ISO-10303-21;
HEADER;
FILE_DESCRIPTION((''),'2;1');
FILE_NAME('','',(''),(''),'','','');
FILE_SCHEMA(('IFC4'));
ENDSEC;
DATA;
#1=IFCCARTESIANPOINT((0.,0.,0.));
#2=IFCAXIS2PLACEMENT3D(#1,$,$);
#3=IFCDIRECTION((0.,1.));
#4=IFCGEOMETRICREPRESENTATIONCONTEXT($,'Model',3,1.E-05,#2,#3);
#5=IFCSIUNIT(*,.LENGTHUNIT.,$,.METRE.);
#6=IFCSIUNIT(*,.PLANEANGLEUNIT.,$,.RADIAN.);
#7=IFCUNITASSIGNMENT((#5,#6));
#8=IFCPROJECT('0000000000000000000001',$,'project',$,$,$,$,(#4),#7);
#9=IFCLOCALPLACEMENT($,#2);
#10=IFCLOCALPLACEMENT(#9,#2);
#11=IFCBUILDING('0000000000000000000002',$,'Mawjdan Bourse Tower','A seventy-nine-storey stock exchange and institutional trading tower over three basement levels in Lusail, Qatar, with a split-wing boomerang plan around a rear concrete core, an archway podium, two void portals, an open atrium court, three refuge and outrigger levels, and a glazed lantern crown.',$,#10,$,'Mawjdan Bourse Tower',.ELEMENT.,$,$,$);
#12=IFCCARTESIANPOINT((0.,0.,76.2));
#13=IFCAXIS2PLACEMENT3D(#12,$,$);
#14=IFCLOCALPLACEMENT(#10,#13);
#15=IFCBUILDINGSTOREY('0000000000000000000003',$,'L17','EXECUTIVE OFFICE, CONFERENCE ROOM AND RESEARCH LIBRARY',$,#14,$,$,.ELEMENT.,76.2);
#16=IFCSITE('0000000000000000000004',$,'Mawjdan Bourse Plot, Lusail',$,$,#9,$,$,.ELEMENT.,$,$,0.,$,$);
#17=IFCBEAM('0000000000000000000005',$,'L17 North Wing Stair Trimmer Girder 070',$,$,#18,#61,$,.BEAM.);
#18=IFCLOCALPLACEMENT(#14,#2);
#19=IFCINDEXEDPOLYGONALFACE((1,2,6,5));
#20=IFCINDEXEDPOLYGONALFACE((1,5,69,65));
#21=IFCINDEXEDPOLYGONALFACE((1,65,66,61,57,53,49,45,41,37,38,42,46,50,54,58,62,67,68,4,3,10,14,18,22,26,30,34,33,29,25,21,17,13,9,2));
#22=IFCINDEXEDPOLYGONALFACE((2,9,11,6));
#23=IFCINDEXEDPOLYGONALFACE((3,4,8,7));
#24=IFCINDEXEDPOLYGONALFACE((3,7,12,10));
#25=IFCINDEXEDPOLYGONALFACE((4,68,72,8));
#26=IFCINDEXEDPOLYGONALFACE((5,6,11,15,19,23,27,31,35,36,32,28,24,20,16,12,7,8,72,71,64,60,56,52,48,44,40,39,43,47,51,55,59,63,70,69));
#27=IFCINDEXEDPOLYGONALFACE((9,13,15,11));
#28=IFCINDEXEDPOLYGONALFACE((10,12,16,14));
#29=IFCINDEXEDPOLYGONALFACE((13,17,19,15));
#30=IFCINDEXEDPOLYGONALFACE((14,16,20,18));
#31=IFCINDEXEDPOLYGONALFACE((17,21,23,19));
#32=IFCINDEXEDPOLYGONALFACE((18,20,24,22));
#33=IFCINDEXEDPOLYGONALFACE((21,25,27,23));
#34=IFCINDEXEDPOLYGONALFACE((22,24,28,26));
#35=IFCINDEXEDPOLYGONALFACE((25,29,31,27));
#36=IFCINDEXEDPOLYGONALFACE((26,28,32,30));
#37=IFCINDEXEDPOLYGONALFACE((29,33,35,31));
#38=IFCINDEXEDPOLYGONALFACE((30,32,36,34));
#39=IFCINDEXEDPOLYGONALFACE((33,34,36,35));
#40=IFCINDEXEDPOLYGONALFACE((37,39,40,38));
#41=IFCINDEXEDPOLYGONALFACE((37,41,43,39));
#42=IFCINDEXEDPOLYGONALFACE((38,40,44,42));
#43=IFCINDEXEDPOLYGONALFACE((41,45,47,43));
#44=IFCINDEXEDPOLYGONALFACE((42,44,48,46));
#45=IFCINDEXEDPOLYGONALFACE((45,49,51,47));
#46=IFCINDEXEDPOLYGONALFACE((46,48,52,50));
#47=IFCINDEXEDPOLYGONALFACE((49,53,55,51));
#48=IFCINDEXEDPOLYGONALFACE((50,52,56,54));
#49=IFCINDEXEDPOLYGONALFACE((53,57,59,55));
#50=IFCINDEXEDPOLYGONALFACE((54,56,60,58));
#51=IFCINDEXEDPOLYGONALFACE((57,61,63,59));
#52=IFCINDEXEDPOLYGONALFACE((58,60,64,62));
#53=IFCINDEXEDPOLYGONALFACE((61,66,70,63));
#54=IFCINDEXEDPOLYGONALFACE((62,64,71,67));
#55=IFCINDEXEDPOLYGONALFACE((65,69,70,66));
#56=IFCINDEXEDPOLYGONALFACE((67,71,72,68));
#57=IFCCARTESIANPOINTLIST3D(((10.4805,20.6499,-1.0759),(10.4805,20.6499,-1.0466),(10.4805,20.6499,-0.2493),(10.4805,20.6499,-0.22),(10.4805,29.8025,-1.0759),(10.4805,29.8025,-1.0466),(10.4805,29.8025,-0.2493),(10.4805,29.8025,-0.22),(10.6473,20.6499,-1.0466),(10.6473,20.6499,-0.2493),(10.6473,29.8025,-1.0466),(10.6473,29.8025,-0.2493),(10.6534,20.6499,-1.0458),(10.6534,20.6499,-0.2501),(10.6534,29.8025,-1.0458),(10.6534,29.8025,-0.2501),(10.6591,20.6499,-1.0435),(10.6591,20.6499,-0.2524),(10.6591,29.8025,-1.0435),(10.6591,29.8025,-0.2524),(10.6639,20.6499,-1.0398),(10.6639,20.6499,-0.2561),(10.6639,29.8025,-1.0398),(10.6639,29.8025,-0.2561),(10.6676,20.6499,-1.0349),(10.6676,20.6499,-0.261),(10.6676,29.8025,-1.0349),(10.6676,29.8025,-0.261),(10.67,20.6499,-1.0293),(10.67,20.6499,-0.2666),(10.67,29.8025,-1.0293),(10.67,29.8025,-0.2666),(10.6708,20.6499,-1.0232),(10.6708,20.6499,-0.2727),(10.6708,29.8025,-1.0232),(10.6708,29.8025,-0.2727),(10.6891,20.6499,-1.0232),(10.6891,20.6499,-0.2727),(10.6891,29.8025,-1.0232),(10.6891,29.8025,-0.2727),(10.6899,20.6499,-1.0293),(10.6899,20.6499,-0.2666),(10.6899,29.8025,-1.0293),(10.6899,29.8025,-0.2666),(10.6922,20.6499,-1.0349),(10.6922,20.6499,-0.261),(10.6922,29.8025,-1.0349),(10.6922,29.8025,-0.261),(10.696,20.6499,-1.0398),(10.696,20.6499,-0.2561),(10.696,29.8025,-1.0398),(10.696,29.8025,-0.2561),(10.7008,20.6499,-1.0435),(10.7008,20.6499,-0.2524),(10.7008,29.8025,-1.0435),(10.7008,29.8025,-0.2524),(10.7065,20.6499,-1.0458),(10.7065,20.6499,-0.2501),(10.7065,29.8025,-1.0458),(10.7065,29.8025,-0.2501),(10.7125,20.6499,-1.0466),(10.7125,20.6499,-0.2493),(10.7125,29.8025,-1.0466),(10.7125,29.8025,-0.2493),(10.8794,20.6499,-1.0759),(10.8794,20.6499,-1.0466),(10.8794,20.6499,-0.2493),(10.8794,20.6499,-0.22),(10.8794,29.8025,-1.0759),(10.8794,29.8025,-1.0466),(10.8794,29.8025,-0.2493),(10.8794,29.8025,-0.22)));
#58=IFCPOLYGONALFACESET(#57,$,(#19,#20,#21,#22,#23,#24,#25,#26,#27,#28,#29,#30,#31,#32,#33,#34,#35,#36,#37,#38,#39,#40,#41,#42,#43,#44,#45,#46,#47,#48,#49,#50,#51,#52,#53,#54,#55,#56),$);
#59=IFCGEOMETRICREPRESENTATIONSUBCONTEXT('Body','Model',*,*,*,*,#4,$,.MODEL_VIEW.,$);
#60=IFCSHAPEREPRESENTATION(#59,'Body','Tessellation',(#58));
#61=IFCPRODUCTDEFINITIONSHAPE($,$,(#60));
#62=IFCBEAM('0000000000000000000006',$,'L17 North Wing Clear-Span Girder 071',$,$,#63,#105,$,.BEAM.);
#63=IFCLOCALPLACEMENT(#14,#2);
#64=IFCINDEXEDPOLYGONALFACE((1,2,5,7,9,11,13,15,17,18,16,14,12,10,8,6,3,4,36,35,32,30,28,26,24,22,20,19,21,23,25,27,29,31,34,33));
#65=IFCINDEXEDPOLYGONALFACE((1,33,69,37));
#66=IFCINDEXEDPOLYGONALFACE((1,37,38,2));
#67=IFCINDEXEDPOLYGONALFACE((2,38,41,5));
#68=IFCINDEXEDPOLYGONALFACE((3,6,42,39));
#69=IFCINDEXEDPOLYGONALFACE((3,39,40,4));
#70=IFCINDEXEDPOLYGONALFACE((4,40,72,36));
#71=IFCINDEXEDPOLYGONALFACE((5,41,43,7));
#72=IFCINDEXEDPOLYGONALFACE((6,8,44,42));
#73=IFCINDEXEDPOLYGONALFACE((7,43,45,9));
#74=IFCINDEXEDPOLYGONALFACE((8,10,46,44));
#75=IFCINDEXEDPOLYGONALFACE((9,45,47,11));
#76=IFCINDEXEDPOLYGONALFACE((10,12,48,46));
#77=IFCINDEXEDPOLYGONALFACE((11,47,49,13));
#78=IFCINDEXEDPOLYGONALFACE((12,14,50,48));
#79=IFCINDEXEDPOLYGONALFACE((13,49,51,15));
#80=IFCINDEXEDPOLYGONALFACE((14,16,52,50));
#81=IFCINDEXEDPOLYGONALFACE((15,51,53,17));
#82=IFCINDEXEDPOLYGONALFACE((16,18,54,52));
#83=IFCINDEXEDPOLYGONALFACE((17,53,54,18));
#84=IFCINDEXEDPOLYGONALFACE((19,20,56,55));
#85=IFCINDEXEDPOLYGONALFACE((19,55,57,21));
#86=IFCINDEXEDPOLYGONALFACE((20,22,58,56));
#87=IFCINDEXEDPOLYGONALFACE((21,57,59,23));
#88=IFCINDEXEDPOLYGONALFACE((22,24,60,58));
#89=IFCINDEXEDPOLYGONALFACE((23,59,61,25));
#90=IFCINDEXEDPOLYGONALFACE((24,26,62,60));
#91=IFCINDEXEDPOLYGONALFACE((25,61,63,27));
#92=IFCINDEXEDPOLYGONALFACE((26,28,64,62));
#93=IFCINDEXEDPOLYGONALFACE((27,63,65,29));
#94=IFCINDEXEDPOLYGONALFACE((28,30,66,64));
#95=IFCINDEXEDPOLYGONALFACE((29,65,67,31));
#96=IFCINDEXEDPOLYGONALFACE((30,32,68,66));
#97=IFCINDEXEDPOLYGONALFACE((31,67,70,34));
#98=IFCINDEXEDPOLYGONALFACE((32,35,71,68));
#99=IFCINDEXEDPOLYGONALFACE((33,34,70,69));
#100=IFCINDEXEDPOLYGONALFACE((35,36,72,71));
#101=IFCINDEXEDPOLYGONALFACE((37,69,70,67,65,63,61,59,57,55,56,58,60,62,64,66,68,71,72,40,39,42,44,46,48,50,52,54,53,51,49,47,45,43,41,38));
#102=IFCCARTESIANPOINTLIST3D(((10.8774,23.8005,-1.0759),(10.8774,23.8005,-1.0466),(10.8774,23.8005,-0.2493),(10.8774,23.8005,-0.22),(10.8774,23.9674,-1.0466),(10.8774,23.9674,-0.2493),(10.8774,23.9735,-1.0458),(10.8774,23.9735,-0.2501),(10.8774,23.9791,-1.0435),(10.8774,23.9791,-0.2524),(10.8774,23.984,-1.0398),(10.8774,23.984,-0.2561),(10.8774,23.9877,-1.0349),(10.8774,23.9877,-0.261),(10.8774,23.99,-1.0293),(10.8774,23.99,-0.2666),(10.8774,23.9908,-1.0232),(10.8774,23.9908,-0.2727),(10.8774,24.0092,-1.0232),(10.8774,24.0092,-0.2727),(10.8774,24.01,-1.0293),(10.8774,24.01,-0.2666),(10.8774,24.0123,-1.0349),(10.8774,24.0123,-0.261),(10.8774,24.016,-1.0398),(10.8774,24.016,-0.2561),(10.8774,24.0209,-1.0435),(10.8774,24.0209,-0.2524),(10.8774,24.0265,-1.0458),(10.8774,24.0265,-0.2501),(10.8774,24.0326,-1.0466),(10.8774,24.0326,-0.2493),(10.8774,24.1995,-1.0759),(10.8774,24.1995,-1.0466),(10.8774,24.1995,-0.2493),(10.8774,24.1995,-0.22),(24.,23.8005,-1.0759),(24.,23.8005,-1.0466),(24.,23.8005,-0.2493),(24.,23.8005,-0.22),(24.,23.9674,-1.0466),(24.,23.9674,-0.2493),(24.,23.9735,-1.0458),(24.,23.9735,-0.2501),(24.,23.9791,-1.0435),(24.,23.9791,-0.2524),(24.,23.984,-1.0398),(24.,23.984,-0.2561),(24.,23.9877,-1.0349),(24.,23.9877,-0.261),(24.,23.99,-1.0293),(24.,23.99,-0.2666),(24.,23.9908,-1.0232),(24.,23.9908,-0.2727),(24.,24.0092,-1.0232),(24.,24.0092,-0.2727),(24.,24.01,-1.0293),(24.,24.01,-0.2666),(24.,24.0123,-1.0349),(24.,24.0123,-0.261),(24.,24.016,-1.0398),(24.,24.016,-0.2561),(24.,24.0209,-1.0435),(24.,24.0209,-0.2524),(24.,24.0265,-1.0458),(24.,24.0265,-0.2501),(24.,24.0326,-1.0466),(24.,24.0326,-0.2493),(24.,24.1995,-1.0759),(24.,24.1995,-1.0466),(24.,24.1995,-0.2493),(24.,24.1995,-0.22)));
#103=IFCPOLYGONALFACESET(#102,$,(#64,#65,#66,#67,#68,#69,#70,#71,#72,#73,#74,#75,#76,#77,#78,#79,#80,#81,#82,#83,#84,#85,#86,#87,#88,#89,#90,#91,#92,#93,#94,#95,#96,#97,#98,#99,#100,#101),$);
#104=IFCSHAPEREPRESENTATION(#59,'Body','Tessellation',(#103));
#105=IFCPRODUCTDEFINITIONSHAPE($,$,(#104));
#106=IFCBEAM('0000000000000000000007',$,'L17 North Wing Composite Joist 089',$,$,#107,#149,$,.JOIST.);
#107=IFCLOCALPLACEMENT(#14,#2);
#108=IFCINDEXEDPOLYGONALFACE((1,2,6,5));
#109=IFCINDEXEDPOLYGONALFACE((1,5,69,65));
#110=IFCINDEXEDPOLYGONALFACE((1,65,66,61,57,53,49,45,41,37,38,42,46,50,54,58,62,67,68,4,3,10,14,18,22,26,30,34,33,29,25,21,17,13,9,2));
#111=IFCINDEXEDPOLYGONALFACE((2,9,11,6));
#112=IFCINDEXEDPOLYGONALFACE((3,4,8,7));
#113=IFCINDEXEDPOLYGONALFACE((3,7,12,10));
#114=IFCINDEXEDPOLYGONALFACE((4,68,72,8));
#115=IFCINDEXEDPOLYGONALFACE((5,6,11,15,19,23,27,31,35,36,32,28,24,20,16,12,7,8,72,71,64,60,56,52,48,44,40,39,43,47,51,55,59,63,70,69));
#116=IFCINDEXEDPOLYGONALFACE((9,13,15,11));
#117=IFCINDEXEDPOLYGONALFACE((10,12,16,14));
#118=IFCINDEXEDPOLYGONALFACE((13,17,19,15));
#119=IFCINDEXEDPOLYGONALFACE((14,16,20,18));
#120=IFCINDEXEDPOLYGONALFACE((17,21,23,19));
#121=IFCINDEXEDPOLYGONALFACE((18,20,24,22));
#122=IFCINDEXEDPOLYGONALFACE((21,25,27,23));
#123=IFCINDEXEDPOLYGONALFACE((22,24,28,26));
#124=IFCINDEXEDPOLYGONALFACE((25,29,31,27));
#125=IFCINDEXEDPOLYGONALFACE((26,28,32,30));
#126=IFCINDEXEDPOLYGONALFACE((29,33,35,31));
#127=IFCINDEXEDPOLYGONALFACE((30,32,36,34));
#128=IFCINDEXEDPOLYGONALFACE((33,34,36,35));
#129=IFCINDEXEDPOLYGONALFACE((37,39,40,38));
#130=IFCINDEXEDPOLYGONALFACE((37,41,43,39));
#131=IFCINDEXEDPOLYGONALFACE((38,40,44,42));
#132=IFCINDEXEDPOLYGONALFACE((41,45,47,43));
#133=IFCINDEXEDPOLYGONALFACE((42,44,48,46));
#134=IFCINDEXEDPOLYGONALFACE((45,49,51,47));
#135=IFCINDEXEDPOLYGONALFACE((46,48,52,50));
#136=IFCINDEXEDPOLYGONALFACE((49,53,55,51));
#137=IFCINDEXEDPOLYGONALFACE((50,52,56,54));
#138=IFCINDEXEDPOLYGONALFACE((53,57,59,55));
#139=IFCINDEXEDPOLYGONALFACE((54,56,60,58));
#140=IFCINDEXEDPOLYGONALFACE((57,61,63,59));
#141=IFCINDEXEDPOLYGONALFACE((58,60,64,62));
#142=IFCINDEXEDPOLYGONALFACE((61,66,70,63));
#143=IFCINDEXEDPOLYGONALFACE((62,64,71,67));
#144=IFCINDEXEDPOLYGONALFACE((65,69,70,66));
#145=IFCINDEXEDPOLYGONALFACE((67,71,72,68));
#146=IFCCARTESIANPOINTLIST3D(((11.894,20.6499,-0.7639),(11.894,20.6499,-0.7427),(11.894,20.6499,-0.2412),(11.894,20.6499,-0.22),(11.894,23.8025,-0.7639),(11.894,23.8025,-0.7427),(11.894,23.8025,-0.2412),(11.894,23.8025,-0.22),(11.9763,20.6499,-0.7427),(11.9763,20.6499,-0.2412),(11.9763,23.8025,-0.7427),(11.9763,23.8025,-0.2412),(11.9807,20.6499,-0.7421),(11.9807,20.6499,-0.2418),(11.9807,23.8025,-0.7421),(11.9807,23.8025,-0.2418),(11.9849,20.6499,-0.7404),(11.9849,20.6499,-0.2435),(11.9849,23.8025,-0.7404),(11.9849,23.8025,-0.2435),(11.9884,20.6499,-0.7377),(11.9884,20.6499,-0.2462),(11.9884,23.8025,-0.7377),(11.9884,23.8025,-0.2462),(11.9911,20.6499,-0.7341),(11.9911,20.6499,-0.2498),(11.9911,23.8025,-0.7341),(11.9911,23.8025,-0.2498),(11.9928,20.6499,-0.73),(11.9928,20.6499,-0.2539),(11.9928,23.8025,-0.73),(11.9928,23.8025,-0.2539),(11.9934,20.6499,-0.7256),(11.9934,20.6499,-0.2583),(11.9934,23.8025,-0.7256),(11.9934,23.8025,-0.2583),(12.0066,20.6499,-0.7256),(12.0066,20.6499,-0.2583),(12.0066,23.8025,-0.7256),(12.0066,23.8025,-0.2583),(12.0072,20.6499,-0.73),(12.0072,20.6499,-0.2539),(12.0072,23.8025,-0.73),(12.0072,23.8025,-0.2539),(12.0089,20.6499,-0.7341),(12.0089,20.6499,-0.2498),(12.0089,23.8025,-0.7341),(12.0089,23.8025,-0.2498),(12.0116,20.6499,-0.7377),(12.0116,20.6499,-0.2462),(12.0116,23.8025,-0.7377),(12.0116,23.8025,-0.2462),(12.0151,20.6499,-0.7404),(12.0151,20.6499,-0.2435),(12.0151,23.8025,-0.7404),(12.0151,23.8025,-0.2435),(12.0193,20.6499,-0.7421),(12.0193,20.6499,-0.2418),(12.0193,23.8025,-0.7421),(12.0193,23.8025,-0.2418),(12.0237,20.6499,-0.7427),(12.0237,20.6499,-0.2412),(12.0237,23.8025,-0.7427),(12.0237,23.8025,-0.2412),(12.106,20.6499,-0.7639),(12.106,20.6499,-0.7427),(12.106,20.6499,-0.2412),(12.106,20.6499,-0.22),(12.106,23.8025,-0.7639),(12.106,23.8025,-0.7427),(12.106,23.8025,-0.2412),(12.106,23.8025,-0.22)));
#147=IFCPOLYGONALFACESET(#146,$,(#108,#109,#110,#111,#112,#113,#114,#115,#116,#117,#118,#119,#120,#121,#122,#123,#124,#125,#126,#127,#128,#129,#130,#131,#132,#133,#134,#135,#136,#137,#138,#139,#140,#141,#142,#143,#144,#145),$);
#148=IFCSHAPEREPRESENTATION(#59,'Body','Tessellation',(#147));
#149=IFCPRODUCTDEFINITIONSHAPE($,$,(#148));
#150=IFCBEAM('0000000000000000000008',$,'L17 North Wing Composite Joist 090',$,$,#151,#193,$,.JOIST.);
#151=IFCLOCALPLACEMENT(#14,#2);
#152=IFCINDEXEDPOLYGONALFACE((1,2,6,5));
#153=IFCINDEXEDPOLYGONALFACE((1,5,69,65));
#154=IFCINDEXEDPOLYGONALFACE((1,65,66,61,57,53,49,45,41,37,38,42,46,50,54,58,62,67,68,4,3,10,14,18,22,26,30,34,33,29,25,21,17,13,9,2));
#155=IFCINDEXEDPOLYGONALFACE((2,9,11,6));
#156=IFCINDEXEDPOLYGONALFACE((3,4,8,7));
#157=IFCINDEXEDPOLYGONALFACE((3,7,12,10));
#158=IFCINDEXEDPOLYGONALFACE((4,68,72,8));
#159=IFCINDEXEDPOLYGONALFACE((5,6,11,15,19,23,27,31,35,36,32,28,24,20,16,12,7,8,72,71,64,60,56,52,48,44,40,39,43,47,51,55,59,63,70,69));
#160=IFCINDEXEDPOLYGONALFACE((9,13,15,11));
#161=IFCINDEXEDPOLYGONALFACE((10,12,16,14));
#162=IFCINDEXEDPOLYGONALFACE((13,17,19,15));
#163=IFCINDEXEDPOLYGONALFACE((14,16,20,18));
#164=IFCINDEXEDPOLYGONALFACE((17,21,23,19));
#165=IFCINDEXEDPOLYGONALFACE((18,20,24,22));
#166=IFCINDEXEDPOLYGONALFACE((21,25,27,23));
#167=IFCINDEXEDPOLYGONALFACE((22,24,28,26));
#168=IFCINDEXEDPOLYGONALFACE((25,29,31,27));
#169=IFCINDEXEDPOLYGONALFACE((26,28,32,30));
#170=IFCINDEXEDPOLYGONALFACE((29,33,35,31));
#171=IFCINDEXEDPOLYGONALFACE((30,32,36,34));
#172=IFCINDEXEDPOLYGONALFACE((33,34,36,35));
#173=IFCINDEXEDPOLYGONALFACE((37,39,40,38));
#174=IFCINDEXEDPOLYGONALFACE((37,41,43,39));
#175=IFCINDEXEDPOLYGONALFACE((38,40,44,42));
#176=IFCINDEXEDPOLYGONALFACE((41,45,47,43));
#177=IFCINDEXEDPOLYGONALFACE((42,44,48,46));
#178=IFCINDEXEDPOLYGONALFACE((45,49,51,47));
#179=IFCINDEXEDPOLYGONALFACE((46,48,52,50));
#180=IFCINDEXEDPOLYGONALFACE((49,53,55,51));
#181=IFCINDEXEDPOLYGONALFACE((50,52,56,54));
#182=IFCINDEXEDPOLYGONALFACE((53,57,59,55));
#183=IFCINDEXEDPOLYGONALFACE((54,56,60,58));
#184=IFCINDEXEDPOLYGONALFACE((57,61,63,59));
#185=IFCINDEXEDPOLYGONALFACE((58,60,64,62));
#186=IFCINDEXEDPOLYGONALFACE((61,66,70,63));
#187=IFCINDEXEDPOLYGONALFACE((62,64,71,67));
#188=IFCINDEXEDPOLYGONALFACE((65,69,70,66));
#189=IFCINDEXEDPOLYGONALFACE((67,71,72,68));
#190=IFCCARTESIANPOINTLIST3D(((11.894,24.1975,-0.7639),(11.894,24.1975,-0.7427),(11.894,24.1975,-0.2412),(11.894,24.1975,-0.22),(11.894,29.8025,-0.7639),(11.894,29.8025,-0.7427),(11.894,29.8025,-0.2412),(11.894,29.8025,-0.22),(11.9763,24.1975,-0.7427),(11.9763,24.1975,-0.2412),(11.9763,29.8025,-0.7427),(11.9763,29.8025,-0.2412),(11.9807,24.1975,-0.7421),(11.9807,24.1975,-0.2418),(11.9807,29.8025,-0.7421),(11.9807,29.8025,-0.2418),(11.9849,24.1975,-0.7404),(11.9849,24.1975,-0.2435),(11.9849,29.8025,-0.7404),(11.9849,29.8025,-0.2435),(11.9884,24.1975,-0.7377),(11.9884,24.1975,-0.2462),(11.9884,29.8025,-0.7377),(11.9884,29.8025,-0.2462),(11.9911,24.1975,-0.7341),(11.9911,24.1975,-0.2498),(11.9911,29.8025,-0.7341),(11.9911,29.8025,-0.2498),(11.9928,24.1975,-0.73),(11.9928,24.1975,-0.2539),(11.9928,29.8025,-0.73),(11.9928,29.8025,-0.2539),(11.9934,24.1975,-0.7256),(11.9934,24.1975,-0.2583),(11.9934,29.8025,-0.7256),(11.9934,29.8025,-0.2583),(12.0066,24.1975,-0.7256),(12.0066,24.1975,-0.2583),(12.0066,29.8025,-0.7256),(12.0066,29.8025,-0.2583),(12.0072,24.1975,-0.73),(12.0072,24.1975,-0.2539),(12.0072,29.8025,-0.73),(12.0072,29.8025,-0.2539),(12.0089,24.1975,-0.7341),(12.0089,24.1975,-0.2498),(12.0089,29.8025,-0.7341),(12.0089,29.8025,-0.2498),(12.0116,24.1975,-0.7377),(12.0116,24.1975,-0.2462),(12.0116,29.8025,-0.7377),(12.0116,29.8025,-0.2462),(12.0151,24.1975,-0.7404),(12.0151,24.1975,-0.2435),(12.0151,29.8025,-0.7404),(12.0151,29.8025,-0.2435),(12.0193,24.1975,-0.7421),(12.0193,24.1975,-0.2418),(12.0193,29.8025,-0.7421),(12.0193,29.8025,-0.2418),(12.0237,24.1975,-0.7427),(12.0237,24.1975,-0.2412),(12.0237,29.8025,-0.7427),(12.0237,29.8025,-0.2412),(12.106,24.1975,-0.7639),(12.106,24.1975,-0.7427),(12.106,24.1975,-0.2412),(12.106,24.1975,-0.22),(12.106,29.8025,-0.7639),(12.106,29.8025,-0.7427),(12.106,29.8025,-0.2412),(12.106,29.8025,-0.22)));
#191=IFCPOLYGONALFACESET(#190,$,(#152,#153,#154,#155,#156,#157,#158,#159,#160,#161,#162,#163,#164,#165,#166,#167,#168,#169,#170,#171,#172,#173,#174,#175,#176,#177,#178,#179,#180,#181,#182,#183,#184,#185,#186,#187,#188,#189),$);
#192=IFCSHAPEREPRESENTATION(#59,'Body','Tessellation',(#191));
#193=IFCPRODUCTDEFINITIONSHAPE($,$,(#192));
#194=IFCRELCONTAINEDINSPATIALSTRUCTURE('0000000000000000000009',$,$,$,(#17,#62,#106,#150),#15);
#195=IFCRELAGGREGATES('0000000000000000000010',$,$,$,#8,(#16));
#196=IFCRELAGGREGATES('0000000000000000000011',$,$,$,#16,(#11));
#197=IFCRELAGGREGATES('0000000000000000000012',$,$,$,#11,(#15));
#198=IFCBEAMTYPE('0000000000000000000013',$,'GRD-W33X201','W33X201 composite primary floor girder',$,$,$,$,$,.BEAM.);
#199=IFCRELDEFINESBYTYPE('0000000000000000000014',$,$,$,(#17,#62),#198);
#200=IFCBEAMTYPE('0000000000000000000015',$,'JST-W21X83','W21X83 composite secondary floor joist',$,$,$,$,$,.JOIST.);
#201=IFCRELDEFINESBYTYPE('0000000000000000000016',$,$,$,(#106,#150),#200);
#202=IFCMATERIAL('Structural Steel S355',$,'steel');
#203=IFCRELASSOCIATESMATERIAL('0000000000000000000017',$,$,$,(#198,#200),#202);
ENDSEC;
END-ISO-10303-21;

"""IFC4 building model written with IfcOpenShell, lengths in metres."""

from ifc_helpers import new_model, si_unit, direction, frame, origin, origin_2d, place, context, subcontext, project, spatial, i_section, extrude, material, material_profile, profile_set, type_object, element, save


model = new_model("IFC4")

# Units and contexts
model_context = context("Model", 3, precision=1e-05, world=origin(), true_north=direction((0.0, 1.0)))
body_context = subcontext(model_context, "Body", "Model", "MODEL_VIEW")
ifc_project = project(units=[si_unit("LENGTHUNIT", "METRE"), si_unit("PLANEANGLEUNIT", "RADIAN")], contexts=[model_context])

# Site, building, storey
site_placement = place(None, origin())
site = spatial("IfcSite", under=ifc_project, at=site_placement, Name="Mawjdan Bourse Plot, Lusail", CompositionType="ELEMENT", RefElevation=0.0)
building_placement = place(site_placement, origin())
building = spatial("IfcBuilding", under=site, at=building_placement, Name="Mawjdan Bourse Tower", Description="A seventy-nine-storey stock exchange and institutional trading tower over three basement levels in Lusail, Qatar, with a split-wing boomerang plan around a rear concrete core, an archway podium, two void portals, an open atrium court, three refuge and outrigger levels, and a glazed lantern crown.", LongName="Mawjdan Bourse Tower", CompositionType="ELEMENT")
storey_placement = place(building_placement, frame((0.0, 0.0, 76.2)))
storey = spatial("IfcBuildingStorey", under=building, at=storey_placement, Name="L17", Description="EXECUTIVE OFFICE, CONFERENCE ROOM AND RESEARCH LIBRARY", CompositionType="ELEMENT", Elevation=76.2)

# Beams
ifc_material_1 = material(Name="Structural Steel S355", Category="steel")
ifc_material_profile_1 = material_profile(ifc_material_1, i_section(OverallWidth=0.3989, OverallDepth=0.856, WebThickness=0.0183, FlangeThickness=0.0293, FilletRadius=0.0234, at=origin_2d()), Name="W33X201")
ifc_profile_set_1 = profile_set([ifc_material_profile_1], Name="Structural Steel S355")
beam_type_1 = type_object("IfcBeamType", Name="GRD-W33X201", Description="W33X201 composite primary floor girder", PredefinedType="BEAM", material=ifc_profile_set_1)
beam_1_placement = place(storey_placement, frame((10.6799, 20.6499, -0.6479), z_axis=(0.0, 1.0, 0.0), x_axis=(-1.0, 0.0, 0.0)))
element("IfcBeam", 1, at=beam_1_placement, inside=storey, type_object=beam_type_1, Name="L17 North Wing Stair Trimmer Girder 070", PredefinedType="BEAM", context=body_context, shape_type="SweptSolid", body=[
    extrude(i_section(OverallWidth=0.3989, OverallDepth=0.856, WebThickness=0.0183, FlangeThickness=0.0293, FilletRadius=0.0234, at=origin_2d()), origin(), (0.0, 0.0, 1.0), 9.1526),
])
beam_2_placement = place(storey_placement, frame((10.8774, 24.0, -0.6479), z_axis=(1.0, 0.0, 0.0), x_axis=(0.0, 1.0, 0.0)))
element("IfcBeam", 2, at=beam_2_placement, inside=storey, type_object=beam_type_1, Name="L17 North Wing Clear-Span Girder 071", PredefinedType="BEAM", context=body_context, shape_type="SweptSolid", body=[
    extrude(i_section(OverallWidth=0.3989, OverallDepth=0.856, WebThickness=0.0183, FlangeThickness=0.0293, FilletRadius=0.0234, at=origin_2d()), origin(), (0.0, 0.0, 1.0), 13.1226),
])
ifc_material_profile_2 = material_profile(ifc_material_1, i_section(OverallWidth=0.2119, OverallDepth=0.5439, WebThickness=0.0132, FlangeThickness=0.0212, FilletRadius=0.0171, at=origin_2d()), Name="W21X83")
ifc_profile_set_2 = profile_set([ifc_material_profile_2], Name="Structural Steel S355")
beam_type_2 = type_object("IfcBeamType", Name="JST-W21X83", Description="W21X83 composite secondary floor joist", PredefinedType="JOIST", material=ifc_profile_set_2)
beam_3_placement = place(storey_placement, frame((12.0, 20.6499, -0.4919), z_axis=(0.0, 1.0, 0.0), x_axis=(-1.0, 0.0, 0.0)))
element("IfcBeam", 3, at=beam_3_placement, inside=storey, type_object=beam_type_2, Name="L17 North Wing Composite Joist 089", PredefinedType="JOIST", context=body_context, shape_type="SweptSolid", body=[
    extrude(i_section(OverallWidth=0.2119, OverallDepth=0.5439, WebThickness=0.0132, FlangeThickness=0.0212, FilletRadius=0.0171, at=origin_2d()), origin(), (0.0, 0.0, 1.0), 3.1526),
])
beam_4_placement = place(storey_placement, frame((12.0, 24.1975, -0.4919), z_axis=(0.0, 1.0, 0.0), x_axis=(-1.0, 0.0, 0.0)))
element("IfcBeam", 4, at=beam_4_placement, inside=storey, type_object=beam_type_2, Name="L17 North Wing Composite Joist 090", PredefinedType="JOIST", context=body_context, shape_type="SweptSolid", body=[
    extrude(i_section(OverallWidth=0.2119, OverallDepth=0.5439, WebThickness=0.0132, FlangeThickness=0.0212, FilletRadius=0.0171, at=origin_2d()), origin(), (0.0, 0.0, 1.0), 5.605),
])

save(model, "model.ifc")
